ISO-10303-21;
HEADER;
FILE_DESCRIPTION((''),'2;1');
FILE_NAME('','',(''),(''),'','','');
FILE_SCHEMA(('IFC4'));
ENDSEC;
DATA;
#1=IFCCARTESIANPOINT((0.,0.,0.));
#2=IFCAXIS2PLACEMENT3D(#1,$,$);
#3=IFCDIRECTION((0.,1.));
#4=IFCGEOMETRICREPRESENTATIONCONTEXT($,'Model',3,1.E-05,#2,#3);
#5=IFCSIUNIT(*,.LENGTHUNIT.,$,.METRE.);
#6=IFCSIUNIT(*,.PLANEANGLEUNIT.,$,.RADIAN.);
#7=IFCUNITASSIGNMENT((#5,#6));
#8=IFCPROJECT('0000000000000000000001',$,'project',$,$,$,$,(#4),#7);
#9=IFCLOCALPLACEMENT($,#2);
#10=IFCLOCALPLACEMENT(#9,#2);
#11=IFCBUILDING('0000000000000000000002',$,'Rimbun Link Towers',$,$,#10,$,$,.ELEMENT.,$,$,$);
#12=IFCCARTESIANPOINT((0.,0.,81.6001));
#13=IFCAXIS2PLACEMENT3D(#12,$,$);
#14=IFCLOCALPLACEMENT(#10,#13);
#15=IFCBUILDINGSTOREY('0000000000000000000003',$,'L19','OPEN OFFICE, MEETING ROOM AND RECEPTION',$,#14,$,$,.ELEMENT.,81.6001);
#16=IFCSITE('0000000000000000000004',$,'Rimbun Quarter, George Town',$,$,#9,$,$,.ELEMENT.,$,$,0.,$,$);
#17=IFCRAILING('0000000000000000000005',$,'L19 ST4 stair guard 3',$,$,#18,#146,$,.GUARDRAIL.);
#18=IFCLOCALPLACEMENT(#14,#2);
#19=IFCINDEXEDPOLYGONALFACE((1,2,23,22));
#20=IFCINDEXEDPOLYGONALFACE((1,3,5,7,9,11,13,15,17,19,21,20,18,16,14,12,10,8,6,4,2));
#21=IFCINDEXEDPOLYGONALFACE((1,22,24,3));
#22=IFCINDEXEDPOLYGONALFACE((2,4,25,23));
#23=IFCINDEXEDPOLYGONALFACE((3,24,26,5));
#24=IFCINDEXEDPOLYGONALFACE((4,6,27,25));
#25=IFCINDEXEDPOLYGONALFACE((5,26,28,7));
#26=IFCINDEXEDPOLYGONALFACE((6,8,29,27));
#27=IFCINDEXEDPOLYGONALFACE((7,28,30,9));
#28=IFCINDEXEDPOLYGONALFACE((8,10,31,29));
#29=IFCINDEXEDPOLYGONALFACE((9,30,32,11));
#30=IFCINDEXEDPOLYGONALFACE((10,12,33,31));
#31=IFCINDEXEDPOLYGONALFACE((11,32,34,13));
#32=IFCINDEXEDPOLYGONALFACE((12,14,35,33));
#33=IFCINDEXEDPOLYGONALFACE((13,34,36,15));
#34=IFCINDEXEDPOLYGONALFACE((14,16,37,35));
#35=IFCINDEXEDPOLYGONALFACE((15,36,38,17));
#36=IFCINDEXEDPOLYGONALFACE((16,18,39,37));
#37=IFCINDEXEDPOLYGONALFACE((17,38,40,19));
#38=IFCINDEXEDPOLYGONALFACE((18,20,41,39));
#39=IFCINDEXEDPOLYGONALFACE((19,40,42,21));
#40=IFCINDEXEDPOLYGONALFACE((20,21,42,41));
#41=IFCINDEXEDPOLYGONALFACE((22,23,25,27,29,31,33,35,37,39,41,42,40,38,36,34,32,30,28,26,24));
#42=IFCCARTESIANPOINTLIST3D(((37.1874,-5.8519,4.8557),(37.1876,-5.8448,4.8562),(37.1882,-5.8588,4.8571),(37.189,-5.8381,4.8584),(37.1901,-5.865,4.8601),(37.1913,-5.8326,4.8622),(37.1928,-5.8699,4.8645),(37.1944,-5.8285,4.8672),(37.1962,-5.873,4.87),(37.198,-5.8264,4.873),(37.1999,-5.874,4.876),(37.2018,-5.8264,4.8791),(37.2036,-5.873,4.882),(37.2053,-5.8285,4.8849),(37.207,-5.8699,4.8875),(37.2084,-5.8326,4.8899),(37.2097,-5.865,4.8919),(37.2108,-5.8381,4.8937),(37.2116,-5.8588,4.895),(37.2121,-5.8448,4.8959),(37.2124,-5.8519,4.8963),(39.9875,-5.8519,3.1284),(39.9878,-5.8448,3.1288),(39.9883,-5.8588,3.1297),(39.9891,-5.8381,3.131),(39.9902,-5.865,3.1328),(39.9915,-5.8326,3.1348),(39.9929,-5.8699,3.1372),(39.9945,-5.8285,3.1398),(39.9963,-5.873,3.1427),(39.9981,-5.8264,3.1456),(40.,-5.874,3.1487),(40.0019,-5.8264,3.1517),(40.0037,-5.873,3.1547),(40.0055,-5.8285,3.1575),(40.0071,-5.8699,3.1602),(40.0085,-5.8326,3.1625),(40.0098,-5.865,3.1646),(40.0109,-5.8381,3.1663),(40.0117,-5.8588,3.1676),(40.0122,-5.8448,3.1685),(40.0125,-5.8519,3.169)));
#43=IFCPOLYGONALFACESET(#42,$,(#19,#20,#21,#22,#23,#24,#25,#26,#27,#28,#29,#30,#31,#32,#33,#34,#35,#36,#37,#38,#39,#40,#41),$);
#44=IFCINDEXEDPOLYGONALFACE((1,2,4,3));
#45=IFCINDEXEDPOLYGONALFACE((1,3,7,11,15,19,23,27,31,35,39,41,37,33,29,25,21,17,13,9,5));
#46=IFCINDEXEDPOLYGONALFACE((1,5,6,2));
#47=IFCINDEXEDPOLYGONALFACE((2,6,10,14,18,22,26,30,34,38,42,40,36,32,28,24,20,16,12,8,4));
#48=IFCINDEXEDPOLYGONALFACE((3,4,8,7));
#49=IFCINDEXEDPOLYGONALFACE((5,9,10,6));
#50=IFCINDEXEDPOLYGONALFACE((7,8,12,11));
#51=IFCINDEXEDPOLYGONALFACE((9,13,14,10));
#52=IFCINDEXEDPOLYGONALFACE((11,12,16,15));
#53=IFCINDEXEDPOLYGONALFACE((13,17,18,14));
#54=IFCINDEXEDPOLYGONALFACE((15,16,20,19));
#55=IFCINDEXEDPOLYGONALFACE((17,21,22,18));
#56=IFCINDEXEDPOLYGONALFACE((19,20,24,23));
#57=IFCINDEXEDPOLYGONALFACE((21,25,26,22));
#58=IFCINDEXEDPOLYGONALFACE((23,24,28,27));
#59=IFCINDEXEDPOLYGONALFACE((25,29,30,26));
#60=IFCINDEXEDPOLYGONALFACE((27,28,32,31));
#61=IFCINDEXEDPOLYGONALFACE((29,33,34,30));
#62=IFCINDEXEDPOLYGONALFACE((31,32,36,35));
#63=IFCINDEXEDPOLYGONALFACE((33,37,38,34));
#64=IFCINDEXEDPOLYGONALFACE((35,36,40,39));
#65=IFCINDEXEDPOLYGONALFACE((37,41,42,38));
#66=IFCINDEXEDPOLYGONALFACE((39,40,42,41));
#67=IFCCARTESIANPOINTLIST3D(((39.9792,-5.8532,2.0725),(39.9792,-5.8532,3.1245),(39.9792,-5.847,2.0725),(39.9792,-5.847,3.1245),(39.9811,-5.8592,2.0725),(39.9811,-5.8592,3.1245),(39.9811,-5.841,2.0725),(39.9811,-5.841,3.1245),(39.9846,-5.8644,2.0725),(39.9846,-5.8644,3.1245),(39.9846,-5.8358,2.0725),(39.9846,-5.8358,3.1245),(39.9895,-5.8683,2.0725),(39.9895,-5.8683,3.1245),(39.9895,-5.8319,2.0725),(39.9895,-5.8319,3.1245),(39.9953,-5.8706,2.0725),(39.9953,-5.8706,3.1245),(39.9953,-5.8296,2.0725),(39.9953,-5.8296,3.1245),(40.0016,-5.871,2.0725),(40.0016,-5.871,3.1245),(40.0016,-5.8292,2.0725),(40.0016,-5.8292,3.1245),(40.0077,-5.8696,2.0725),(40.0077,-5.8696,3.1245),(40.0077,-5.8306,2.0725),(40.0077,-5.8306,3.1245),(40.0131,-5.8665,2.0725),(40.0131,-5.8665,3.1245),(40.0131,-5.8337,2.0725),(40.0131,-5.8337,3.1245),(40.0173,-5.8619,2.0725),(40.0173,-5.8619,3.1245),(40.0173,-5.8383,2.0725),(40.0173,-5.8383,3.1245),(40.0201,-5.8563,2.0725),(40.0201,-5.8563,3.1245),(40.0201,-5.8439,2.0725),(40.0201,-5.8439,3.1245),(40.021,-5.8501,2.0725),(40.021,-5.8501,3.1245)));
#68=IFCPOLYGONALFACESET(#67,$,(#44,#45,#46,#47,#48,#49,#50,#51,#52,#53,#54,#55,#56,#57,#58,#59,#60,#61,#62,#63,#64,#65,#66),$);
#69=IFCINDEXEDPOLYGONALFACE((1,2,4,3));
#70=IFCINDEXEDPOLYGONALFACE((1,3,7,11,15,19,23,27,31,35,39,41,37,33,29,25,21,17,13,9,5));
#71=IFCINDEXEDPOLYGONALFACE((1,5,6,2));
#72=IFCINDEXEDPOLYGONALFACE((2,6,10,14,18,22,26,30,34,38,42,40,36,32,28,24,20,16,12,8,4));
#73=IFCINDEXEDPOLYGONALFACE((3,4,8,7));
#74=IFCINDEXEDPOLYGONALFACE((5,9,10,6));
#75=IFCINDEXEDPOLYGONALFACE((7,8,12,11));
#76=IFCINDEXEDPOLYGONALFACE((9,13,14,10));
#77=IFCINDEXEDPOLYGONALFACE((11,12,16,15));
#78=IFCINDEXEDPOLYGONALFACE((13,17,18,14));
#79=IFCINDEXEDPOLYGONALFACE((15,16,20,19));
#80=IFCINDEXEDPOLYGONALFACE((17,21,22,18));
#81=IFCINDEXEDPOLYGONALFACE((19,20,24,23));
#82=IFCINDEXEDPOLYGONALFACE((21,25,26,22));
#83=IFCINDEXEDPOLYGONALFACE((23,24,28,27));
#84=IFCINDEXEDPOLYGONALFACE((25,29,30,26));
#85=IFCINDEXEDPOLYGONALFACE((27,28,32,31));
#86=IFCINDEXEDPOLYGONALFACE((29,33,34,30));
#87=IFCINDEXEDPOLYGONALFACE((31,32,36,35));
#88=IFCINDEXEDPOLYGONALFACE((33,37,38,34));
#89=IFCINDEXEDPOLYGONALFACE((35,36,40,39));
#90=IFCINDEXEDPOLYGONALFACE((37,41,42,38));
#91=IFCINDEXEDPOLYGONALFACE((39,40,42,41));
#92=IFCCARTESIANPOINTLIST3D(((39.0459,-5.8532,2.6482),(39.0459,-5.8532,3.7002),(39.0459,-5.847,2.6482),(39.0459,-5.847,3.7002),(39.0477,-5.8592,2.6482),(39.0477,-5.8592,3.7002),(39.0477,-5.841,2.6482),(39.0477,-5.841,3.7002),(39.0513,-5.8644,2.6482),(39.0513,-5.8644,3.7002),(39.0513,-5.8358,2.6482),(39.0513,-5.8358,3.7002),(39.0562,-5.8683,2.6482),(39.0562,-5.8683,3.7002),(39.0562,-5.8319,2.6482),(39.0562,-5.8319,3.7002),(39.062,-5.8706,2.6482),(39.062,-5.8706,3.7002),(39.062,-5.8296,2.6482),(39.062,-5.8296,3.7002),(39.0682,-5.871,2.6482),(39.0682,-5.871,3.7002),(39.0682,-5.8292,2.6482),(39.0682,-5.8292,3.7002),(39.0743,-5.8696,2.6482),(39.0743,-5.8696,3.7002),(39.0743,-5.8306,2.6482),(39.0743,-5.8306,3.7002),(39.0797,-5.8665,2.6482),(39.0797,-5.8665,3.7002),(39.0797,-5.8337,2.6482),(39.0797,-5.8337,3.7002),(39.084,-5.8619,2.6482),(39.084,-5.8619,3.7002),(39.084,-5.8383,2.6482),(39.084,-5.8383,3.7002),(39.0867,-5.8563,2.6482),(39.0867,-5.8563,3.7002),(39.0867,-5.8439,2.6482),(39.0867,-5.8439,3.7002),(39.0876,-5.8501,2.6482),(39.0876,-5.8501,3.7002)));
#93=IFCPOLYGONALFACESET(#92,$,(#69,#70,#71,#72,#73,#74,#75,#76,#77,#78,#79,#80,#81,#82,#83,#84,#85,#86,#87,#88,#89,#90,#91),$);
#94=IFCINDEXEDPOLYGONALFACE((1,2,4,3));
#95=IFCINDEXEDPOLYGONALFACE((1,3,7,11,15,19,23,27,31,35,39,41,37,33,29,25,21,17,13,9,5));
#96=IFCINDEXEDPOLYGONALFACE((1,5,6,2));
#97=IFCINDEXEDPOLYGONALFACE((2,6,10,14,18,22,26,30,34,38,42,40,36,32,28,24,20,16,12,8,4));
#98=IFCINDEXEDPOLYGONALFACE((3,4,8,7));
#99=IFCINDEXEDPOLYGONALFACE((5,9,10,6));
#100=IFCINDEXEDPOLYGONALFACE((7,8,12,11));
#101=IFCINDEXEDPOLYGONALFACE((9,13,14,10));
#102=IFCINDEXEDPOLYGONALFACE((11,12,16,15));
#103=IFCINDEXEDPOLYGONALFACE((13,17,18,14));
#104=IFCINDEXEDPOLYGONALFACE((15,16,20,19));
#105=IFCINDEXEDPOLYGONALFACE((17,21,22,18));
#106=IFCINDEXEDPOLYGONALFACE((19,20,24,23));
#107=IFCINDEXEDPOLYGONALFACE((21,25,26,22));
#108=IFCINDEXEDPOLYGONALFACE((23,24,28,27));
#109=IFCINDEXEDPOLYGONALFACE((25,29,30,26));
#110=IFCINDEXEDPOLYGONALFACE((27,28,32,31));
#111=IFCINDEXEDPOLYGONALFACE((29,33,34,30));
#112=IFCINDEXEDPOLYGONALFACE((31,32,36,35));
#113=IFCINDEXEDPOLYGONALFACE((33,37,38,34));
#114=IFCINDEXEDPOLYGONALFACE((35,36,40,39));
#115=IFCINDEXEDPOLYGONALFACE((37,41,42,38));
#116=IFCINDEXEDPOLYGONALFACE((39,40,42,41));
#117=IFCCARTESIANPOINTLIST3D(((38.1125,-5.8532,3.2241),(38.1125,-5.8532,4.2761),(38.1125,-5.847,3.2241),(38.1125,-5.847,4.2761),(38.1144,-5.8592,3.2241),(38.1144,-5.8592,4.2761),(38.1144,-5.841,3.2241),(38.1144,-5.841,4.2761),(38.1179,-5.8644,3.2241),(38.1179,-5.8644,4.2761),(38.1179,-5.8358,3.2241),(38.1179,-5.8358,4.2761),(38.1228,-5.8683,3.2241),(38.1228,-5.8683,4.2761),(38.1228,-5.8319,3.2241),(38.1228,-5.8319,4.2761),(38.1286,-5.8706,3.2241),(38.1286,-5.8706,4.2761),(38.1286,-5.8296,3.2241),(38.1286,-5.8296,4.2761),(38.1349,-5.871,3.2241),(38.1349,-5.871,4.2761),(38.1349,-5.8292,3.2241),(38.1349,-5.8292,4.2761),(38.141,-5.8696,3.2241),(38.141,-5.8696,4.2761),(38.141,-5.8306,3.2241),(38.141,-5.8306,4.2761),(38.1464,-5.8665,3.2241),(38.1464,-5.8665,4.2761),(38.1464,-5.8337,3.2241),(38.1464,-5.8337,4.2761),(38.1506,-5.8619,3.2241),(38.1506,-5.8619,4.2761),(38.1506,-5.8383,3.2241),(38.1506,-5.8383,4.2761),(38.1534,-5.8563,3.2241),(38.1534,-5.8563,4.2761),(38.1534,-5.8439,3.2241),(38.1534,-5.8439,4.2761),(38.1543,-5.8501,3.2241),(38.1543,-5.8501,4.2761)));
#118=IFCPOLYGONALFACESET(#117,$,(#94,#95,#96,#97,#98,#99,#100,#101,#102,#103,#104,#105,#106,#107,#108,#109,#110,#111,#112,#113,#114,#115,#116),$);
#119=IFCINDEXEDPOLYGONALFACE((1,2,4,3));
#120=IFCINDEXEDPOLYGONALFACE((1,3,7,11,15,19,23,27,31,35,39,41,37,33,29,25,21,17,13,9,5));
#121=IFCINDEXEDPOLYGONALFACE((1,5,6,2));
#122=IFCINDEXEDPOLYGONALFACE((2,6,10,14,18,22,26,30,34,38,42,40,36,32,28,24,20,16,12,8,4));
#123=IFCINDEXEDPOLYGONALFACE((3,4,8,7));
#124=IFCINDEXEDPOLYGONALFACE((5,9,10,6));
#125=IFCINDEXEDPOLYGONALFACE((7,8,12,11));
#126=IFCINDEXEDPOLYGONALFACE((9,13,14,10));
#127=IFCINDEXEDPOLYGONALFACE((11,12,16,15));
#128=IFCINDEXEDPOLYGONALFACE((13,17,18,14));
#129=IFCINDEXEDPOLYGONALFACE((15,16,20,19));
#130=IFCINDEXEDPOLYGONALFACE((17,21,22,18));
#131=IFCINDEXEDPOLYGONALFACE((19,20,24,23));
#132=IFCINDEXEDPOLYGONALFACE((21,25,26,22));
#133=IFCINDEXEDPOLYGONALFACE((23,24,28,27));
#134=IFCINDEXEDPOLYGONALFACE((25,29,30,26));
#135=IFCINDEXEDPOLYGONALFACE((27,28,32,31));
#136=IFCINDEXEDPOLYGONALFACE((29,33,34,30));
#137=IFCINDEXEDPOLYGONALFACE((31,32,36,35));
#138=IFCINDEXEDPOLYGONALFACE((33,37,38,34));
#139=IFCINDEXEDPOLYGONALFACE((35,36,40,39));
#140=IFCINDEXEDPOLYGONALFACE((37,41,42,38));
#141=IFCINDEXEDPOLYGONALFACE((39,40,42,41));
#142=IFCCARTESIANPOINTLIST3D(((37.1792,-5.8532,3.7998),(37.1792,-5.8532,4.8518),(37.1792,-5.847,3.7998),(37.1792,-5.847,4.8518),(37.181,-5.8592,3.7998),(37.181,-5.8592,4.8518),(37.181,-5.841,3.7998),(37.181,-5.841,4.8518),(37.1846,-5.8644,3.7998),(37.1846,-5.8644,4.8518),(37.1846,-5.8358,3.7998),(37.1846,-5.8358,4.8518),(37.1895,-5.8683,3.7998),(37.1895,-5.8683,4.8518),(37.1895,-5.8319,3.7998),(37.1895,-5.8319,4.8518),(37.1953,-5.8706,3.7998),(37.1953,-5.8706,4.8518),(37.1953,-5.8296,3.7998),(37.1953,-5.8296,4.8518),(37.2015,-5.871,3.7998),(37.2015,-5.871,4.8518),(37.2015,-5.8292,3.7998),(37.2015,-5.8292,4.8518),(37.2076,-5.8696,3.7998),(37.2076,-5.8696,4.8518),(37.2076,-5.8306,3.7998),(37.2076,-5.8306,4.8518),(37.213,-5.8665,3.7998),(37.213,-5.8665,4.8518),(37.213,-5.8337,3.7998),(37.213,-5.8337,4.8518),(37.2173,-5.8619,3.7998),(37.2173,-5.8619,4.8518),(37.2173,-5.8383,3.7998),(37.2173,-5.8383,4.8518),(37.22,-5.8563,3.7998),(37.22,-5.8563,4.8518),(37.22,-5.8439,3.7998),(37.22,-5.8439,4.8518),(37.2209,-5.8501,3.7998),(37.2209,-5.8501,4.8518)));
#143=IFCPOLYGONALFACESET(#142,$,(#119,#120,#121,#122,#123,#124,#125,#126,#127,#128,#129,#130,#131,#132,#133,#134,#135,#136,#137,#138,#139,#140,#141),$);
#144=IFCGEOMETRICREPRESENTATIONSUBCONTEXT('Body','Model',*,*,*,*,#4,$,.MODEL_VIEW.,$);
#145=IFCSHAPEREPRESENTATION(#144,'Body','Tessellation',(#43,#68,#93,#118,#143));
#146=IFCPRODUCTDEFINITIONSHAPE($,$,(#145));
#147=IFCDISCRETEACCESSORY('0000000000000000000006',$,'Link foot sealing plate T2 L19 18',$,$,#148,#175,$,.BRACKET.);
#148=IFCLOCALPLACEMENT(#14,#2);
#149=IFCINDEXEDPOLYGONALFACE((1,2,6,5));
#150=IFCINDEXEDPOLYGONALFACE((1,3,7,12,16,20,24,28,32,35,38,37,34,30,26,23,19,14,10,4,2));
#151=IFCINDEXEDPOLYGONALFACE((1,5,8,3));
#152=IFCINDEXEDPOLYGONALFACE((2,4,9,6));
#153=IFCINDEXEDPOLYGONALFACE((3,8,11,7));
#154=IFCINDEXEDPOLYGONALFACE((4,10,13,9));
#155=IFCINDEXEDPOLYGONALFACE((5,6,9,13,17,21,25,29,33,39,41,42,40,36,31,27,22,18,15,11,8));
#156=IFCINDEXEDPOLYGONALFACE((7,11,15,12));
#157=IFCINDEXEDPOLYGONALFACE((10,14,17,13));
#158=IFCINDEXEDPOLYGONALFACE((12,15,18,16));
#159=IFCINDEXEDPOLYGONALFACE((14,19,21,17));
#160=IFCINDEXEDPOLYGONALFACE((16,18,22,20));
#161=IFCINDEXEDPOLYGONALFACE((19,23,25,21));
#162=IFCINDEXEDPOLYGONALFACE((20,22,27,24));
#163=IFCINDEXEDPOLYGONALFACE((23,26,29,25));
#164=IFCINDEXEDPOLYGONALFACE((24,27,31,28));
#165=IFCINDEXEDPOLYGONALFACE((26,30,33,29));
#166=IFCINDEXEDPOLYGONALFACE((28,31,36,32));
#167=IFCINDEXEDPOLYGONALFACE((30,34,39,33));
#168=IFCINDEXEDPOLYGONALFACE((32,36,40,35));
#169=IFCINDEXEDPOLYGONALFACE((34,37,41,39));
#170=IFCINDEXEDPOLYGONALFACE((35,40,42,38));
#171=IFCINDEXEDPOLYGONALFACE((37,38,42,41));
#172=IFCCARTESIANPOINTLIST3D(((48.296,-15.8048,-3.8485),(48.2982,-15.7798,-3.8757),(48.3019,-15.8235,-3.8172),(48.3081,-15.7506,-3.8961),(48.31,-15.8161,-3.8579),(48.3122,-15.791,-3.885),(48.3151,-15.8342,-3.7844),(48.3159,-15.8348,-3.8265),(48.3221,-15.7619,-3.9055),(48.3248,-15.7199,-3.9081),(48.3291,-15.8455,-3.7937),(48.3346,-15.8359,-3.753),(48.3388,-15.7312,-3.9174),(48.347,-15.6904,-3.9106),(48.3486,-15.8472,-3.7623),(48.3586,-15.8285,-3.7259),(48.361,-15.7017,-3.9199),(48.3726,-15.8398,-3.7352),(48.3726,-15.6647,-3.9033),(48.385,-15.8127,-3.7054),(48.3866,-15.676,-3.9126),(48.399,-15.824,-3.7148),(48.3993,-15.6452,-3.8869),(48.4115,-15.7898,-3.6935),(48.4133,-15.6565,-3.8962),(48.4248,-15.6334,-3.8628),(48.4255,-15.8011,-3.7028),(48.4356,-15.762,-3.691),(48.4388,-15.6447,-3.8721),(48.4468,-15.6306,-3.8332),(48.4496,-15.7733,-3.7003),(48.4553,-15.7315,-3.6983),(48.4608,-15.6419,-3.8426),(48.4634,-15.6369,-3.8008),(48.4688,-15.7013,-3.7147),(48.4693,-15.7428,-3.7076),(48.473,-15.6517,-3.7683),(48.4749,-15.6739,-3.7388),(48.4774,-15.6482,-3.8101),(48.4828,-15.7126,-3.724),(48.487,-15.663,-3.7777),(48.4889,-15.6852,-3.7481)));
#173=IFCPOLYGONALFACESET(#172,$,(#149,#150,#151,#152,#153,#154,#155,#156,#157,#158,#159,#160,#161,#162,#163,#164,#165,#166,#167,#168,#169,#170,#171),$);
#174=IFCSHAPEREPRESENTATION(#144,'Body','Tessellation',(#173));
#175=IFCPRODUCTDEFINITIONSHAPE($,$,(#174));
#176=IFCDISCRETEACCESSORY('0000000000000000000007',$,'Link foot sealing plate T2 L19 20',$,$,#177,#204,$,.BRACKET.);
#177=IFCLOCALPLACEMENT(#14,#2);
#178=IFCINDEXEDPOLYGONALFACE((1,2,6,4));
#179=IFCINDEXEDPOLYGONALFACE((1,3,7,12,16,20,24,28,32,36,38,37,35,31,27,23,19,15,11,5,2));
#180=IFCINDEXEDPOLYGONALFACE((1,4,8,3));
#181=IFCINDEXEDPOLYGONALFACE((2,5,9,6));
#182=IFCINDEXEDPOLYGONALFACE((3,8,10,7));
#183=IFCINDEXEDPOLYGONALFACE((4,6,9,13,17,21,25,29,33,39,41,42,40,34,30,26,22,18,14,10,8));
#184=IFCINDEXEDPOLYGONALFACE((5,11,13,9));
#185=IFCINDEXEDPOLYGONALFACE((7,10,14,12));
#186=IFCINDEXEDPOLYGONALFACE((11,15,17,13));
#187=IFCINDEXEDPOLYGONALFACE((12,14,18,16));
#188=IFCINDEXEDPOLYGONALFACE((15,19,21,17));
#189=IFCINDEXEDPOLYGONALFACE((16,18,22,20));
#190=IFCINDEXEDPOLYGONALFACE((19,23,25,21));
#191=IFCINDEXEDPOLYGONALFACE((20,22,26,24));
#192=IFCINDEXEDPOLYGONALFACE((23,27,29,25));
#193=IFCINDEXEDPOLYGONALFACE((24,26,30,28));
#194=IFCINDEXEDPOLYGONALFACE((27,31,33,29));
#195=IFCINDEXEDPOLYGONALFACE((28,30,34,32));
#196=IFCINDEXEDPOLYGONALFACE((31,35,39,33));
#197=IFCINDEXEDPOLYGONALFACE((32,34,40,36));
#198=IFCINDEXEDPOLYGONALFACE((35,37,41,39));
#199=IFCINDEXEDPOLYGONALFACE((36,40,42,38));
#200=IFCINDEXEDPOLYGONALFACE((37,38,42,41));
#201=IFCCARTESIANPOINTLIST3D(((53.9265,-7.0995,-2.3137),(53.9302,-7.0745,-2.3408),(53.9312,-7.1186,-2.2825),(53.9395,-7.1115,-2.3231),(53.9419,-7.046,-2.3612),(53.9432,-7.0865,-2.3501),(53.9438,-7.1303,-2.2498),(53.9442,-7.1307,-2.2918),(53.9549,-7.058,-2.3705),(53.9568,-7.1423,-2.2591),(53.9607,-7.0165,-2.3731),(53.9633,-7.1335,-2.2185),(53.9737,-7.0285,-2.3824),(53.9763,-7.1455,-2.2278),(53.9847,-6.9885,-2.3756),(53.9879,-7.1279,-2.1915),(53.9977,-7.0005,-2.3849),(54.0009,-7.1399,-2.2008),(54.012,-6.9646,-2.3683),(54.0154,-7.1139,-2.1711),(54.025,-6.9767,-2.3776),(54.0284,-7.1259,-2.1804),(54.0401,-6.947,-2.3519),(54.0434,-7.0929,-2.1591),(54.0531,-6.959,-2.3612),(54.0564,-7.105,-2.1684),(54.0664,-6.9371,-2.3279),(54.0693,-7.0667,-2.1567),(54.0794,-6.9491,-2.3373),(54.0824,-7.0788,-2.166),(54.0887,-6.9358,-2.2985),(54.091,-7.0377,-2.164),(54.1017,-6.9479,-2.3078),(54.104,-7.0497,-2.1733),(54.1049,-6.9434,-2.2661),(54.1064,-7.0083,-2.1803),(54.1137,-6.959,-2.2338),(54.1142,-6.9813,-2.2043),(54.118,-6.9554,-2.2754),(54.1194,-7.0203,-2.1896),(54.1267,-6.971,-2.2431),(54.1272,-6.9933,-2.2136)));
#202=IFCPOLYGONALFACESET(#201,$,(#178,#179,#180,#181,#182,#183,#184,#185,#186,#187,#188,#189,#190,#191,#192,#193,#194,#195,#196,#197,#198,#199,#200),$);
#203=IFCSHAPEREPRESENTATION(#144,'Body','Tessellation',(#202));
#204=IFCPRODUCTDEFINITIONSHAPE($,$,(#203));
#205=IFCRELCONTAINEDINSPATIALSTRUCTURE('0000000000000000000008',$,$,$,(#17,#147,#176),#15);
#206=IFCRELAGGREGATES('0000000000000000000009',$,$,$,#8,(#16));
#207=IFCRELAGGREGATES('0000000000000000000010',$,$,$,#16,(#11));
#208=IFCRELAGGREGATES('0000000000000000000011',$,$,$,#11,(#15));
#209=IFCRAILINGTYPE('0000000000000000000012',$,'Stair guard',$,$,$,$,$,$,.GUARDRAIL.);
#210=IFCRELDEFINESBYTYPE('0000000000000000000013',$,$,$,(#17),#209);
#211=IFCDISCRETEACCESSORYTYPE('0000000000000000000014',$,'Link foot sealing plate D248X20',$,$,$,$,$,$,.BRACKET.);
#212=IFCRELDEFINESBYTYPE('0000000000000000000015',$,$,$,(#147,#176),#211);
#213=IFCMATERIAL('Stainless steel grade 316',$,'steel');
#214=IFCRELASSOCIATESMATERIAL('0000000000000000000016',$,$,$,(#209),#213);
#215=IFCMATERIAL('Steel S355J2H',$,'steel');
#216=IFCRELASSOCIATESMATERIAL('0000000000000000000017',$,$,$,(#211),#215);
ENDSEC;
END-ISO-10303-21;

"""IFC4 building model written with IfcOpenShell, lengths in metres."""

from ifc_helpers import new_model, si_unit, direction, frame, origin, origin_2d, place, context, subcontext, project, spatial, circle, extrude, material, material_profile, profile_set, type_object, element, save


model = new_model("IFC4")

# Units and contexts
model_context = context("Model", 3, precision=1e-05, world=origin(), true_north=direction((0.0, 1.0)))
body_context = subcontext(model_context, "Body", "Model", "MODEL_VIEW")
ifc_project = project(units=[si_unit("LENGTHUNIT", "METRE"), si_unit("PLANEANGLEUNIT", "RADIAN")], contexts=[model_context])

# Site, building, storey
site_placement = place(None, origin())
site = spatial("IfcSite", under=ifc_project, at=site_placement, Name="Rimbun Quarter, George Town", CompositionType="ELEMENT", RefElevation=0.0)
building_placement = place(site_placement, origin())
building = spatial("IfcBuilding", under=site, at=building_placement, Name="Rimbun Link Towers", CompositionType="ELEMENT")
storey_placement = place(building_placement, frame((0.0, 0.0, 81.6001)))
storey = spatial("IfcBuildingStorey", under=building, at=storey_placement, Name="L19", Description="OPEN OFFICE, MEETING ROOM AND RECEPTION", CompositionType="ELEMENT", Elevation=81.6001)

# Railing
ifc_material_1 = material(Name="Stainless steel grade 316", Category="steel")
railing_type = type_object("IfcRailingType", Name="Stair guard", PredefinedType="GUARDRAIL", material=ifc_material_1)
railing_1_placement = place(storey_placement, frame((40.0, -5.8501, 2.0725)))
element("IfcRailing", 1, at=railing_1_placement, inside=storey, type_object=railing_type, Name="L19 ST4 stair guard 3", PredefinedType="GUARDRAIL", context=body_context, shape_type="SweptSolid", body=[
    extrude(circle(Radius=0.0239, at=origin_2d()), frame((0.0, 0.0, 1.0762), z_axis=(-0.85109, 0.0, 0.52502), x_axis=(0.0, -1.0, 0.0)), (0.0, 0.0, 1.0), 3.29),
    extrude(circle(Radius=0.021, at=origin_2d()), origin(), (0.0, 0.0, 1.0), 1.052),
    extrude(circle(Radius=0.021, at=origin_2d()), frame((-0.9333, 0.0, 0.5757)), (0.0, 0.0, 1.0), 1.052),
    extrude(circle(Radius=0.021, at=origin_2d()), frame((-1.8667, 0.0, 1.1516)), (0.0, 0.0, 1.0), 1.052),
    extrude(circle(Radius=0.021, at=origin_2d()), frame((-2.8, 0.0, 1.7273)), (0.0, 0.0, 1.0), 1.052),
])

# Discrete accessories
ifc_material_2 = material(Name="Steel S355J2H", Category="steel")
ifc_material_profile_1 = material_profile(ifc_material_2, circle(Radius=0.124, at=origin_2d()), Name="PL D248")
ifc_profile_set_1 = profile_set([ifc_material_profile_1], Name="Steel S355J2H")
discrete_accessory_type = type_object("IfcDiscreteAccessoryType", Name="Link foot sealing plate D248X20", PredefinedType="BRACKET", material=ifc_profile_set_1)
discrete_accessory_1_placement = place(storey_placement, frame((48.3855, -15.7334, -3.8008), z_axis=(0.69077, -0.557463, -0.460513), x_axis=(0.628019, 0.778198, 0.0)))
element("IfcDiscreteAccessory", 2, at=discrete_accessory_1_placement, inside=storey, type_object=discrete_accessory_type, Name="Link foot sealing plate T2 L19 18", PredefinedType="BRACKET", context=body_context, shape_type="SweptSolid", body=[
    extrude(circle(Radius=0.124, at=origin_2d()), origin(), (0.0, 0.0, 1.0), 0.0203),
])
discrete_accessory_2_placement = place(storey_placement, frame((54.0208, -7.0344, -2.2661), z_axis=(0.649732, -0.600696, -0.465846), x_axis=(0.678855, 0.734272, 0.0)))
element("IfcDiscreteAccessory", 3, at=discrete_accessory_2_placement, inside=storey, type_object=discrete_accessory_type, Name="Link foot sealing plate T2 L19 20", PredefinedType="BRACKET", context=body_context, shape_type="SweptSolid", body=[
    extrude(circle(Radius=0.124, at=origin_2d()), origin(), (0.0, 0.0, 1.0), 0.02),
])

save(model, "model.ifc")
